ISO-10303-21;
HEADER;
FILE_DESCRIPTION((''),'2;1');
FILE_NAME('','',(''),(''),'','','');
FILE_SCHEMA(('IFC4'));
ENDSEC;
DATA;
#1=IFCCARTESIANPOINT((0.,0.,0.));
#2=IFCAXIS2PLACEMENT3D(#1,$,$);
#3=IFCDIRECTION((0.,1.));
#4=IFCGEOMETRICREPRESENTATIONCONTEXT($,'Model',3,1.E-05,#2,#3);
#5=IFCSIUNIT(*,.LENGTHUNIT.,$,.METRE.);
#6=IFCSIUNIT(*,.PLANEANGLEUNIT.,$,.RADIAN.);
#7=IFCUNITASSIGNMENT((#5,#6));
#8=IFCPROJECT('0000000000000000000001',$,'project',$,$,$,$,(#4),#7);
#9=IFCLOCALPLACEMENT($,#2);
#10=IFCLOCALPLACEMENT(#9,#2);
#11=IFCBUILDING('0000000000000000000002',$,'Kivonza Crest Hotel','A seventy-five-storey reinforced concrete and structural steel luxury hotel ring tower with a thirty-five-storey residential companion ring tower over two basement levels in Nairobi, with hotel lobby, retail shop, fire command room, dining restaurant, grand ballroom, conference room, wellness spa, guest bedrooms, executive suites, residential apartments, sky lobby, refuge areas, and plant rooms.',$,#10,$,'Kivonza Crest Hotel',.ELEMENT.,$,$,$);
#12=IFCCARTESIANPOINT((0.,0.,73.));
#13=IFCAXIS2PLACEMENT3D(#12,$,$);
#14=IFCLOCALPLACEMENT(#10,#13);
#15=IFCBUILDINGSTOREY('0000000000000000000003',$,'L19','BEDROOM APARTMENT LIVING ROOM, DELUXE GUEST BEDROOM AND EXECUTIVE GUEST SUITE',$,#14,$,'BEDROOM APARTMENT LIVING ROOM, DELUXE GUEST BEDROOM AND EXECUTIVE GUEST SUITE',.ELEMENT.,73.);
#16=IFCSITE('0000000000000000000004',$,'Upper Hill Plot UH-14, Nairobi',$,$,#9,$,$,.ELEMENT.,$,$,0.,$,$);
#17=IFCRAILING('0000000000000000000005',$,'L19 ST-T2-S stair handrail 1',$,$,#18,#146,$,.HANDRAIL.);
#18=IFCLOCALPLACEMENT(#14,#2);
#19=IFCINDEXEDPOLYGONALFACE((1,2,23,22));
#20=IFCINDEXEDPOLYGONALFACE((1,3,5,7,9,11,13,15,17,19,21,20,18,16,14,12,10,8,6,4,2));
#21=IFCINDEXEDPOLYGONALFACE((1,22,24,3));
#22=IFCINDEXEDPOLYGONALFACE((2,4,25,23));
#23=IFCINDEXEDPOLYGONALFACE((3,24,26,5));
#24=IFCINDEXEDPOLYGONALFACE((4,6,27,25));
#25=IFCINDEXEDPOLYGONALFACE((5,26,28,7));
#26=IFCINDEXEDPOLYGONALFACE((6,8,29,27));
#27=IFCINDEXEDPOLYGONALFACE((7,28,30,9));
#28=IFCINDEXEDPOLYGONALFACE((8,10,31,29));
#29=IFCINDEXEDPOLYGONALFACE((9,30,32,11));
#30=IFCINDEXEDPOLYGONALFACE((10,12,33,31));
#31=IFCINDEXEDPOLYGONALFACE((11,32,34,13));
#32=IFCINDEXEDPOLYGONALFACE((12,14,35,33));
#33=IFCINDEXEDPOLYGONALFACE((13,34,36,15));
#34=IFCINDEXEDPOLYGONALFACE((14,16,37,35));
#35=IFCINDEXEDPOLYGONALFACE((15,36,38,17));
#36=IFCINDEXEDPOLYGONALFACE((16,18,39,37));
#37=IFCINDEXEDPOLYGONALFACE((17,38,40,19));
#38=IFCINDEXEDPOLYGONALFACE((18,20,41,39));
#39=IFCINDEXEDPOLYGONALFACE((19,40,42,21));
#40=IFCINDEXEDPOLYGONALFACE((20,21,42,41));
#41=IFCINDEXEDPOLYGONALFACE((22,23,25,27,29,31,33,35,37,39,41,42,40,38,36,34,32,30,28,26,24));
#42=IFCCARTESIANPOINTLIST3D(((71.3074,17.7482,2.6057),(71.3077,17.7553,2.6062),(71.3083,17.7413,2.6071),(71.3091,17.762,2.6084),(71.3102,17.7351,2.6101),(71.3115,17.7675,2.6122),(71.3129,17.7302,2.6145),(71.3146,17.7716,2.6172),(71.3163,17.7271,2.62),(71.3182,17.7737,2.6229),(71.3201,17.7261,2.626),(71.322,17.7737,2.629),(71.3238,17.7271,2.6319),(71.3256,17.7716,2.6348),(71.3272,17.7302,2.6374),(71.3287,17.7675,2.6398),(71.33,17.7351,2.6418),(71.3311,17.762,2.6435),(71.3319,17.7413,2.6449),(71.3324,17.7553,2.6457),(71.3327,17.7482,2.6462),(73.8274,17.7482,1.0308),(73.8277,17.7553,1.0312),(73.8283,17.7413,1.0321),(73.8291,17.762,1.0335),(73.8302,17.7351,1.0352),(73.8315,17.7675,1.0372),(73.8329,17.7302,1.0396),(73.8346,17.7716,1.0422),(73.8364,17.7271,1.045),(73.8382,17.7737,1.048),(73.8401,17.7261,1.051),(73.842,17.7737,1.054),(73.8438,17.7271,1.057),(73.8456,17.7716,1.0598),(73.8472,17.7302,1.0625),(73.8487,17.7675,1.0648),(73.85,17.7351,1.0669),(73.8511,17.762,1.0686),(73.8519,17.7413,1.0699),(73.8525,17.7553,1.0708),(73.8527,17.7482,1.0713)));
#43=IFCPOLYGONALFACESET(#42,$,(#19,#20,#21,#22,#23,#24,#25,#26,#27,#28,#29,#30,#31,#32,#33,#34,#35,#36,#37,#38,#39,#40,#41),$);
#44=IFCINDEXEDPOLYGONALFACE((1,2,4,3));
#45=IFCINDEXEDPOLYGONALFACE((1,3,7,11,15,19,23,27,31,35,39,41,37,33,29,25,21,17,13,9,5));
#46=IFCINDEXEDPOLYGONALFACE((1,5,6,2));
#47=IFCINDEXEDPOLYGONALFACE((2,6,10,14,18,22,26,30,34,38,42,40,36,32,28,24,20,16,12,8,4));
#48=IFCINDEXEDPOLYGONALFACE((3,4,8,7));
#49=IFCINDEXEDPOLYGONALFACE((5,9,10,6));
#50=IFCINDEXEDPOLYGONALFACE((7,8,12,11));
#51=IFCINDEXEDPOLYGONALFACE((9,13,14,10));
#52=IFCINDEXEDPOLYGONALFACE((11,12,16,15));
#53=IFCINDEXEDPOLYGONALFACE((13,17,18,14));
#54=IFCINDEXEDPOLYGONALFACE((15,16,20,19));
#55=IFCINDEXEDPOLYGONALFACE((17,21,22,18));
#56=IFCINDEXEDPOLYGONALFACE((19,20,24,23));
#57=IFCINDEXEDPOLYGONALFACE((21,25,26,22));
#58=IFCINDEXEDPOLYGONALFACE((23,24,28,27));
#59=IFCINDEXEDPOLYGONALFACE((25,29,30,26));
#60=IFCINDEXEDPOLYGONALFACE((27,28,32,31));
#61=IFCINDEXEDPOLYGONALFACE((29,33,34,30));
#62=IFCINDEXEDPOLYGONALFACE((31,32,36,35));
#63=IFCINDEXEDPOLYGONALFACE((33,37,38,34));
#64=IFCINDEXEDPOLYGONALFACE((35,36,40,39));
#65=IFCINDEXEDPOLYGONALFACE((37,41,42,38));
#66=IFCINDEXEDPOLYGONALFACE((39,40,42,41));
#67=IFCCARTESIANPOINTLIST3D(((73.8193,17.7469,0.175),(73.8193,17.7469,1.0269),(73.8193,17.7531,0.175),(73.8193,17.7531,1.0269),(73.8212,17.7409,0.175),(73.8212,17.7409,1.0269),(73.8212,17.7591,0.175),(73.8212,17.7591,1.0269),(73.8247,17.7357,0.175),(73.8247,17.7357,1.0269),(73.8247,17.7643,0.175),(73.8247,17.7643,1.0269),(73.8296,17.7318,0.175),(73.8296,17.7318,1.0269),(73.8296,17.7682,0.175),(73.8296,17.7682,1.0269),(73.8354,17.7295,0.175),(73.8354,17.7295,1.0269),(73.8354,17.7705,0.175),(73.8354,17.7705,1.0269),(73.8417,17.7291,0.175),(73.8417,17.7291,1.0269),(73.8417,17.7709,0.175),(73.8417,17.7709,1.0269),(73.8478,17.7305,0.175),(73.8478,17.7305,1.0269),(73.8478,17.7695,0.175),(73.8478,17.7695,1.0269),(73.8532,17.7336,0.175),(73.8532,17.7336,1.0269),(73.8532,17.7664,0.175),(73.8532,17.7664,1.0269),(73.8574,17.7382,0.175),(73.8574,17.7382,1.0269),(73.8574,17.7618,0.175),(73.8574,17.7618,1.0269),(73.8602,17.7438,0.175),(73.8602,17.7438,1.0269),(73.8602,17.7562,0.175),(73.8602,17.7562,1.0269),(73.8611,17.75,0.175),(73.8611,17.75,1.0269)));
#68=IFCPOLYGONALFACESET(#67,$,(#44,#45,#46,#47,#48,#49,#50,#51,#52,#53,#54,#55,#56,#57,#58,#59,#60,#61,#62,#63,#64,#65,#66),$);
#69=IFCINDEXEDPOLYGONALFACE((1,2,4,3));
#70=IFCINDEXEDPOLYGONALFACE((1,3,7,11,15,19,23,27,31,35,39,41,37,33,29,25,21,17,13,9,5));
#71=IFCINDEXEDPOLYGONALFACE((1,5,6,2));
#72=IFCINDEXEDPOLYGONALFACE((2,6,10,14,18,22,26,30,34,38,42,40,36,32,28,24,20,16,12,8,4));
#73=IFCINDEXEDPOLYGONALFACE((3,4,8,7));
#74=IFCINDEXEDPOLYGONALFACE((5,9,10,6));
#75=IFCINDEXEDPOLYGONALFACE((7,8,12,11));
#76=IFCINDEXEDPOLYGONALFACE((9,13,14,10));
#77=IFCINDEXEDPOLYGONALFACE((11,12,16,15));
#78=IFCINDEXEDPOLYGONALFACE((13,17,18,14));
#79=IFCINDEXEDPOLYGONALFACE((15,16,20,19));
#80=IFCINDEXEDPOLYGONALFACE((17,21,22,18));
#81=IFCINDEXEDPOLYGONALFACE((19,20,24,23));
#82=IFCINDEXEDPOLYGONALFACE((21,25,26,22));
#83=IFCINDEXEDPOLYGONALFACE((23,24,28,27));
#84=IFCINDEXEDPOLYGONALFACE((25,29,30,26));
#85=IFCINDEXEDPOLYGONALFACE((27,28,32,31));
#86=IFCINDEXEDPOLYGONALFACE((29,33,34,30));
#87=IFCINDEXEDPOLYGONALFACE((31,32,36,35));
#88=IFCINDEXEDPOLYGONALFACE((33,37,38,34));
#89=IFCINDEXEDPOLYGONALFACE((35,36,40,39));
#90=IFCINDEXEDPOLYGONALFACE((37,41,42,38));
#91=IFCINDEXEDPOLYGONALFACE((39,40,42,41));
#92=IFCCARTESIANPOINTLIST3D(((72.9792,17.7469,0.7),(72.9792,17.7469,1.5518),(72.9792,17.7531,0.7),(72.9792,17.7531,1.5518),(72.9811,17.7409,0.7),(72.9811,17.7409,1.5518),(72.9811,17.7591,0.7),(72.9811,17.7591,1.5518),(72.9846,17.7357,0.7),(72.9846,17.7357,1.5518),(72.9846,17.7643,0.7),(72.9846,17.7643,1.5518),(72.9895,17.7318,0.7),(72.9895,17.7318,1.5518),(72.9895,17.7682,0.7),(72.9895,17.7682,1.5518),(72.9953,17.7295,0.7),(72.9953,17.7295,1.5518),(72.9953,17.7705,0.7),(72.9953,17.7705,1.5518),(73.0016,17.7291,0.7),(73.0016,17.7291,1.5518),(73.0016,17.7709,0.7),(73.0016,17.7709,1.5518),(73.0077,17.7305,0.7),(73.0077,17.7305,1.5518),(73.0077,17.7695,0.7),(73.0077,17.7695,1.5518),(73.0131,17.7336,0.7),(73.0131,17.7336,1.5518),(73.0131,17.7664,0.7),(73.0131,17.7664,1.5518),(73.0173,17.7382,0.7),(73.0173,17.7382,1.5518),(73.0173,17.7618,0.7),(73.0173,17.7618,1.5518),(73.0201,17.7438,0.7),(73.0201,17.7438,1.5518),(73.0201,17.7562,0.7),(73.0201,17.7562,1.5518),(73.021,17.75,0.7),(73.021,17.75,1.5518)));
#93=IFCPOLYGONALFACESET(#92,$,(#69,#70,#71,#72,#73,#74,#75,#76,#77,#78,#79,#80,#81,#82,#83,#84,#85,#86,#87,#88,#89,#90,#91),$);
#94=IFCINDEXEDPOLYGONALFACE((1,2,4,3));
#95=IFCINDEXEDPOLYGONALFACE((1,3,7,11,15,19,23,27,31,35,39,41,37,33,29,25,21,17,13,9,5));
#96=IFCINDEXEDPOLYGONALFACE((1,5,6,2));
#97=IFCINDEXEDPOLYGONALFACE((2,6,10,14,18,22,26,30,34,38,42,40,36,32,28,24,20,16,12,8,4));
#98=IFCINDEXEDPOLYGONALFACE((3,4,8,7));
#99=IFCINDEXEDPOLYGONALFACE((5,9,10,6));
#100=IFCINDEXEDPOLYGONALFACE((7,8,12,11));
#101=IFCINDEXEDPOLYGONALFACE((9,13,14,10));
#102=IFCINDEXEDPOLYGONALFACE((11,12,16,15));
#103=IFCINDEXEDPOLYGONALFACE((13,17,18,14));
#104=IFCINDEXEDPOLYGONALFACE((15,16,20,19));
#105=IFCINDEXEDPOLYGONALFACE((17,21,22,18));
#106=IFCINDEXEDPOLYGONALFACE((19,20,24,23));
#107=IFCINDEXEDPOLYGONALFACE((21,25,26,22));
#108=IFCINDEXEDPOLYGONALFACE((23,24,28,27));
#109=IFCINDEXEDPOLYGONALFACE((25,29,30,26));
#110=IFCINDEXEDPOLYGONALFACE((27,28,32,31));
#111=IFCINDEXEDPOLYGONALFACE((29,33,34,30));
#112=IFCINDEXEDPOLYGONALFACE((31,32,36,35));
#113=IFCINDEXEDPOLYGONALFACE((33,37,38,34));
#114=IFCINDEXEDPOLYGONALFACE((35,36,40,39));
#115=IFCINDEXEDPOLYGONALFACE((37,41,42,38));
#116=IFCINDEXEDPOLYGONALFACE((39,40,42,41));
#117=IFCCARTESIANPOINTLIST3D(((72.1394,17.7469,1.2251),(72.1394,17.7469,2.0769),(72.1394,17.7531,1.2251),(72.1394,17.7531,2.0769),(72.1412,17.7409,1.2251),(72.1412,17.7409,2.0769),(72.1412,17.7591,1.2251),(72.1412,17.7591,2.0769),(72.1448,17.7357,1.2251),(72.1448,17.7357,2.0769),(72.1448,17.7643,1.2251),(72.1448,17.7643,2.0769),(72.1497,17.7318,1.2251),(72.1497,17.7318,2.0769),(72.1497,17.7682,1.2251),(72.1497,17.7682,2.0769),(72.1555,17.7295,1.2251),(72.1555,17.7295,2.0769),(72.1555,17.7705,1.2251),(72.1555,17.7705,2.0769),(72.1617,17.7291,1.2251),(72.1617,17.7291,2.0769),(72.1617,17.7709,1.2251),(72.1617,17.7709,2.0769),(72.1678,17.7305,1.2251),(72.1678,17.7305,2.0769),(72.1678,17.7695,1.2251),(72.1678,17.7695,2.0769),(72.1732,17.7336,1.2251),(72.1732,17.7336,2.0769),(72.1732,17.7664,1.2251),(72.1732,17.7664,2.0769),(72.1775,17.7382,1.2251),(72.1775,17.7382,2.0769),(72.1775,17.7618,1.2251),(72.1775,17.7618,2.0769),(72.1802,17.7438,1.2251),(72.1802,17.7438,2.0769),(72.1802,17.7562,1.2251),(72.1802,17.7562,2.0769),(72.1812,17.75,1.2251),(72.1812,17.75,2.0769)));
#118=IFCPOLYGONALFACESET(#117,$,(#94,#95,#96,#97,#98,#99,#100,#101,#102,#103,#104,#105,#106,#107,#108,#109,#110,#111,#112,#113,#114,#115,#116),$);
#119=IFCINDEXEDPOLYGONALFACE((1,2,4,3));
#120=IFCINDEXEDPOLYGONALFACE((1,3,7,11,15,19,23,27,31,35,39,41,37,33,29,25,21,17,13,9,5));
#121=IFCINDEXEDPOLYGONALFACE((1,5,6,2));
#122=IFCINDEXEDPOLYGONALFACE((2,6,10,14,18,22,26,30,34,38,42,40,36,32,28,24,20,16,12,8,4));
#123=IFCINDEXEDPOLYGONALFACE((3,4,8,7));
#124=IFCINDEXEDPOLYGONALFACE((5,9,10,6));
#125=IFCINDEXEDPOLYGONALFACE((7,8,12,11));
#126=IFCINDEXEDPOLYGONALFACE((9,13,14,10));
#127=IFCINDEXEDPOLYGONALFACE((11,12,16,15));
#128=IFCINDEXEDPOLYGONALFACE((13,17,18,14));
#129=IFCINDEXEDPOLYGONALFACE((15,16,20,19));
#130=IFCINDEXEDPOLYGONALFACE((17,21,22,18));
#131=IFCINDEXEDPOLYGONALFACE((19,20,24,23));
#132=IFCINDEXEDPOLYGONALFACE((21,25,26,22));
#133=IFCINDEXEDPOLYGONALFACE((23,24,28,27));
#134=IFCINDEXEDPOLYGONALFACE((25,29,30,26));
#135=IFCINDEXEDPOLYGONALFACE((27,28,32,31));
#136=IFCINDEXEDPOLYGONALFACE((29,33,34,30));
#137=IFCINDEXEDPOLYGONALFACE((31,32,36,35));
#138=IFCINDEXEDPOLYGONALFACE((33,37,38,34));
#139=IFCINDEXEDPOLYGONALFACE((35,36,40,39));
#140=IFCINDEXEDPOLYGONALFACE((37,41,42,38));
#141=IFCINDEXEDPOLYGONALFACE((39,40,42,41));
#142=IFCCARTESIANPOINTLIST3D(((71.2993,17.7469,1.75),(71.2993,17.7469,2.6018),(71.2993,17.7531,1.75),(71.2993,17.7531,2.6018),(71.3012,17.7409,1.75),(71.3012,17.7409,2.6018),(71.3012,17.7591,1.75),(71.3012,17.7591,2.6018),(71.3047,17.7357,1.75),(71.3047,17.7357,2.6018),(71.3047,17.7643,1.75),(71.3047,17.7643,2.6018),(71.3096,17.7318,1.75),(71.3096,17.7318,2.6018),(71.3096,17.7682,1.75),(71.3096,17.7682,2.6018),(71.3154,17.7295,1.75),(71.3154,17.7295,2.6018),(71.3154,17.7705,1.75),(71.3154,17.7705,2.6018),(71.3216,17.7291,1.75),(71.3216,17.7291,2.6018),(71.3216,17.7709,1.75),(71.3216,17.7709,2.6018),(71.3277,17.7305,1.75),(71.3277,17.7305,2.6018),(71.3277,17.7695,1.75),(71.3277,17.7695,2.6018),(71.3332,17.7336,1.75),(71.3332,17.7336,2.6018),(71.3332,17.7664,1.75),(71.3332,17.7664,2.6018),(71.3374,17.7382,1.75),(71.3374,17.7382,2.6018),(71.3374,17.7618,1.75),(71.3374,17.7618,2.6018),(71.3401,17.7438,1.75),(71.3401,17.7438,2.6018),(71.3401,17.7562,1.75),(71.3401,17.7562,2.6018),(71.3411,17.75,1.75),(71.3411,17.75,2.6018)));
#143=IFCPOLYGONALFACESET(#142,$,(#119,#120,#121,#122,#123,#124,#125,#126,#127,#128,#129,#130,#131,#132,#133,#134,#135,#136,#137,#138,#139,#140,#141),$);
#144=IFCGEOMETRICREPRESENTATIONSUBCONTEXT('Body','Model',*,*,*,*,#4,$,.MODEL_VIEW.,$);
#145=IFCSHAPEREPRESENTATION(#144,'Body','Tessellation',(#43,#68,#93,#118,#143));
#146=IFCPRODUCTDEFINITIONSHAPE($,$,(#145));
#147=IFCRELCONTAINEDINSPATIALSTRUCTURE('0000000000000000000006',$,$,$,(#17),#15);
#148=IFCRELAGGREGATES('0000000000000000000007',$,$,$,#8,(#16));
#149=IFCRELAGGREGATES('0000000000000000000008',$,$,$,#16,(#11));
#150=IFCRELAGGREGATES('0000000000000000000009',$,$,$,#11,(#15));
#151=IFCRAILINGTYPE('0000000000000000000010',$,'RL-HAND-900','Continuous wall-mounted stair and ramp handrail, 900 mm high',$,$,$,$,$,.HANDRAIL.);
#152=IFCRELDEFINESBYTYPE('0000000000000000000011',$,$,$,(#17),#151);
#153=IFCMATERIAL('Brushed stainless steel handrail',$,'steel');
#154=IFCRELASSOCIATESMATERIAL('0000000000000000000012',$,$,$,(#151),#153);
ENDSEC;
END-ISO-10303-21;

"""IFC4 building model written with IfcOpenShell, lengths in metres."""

from ifc_helpers import new_model, si_unit, direction, frame, origin, origin_2d, place, context, subcontext, project, spatial, circle, extrude, material, type_object, element, save


model = new_model("IFC4")

# Units and contexts
model_context = context("Model", 3, precision=1e-05, world=origin(), true_north=direction((0.0, 1.0)))
body_context = subcontext(model_context, "Body", "Model", "MODEL_VIEW")
ifc_project = project(units=[si_unit("LENGTHUNIT", "METRE"), si_unit("PLANEANGLEUNIT", "RADIAN")], contexts=[model_context])

# Site, building, storey
site_placement = place(None, origin())
site = spatial("IfcSite", under=ifc_project, at=site_placement, Name="Upper Hill Plot UH-14, Nairobi", CompositionType="ELEMENT", RefElevation=0.0)
building_placement = place(site_placement, origin())
building = spatial("IfcBuilding", under=site, at=building_placement, Name="Kivonza Crest Hotel", Description="A seventy-five-storey reinforced concrete and structural steel luxury hotel ring tower with a thirty-five-storey residential companion ring tower over two basement levels in Nairobi, with hotel lobby, retail shop, fire command room, dining restaurant, grand ballroom, conference room, wellness spa, guest bedrooms, executive suites, residential apartments, sky lobby, refuge areas, and plant rooms.", LongName="Kivonza Crest Hotel", CompositionType="ELEMENT")
storey_placement = place(building_placement, frame((0.0, 0.0, 73.0)))
storey = spatial("IfcBuildingStorey", under=building, at=storey_placement, Name="L19", Description="BEDROOM APARTMENT LIVING ROOM, DELUXE GUEST BEDROOM AND EXECUTIVE GUEST SUITE", LongName="BEDROOM APARTMENT LIVING ROOM, DELUXE GUEST BEDROOM AND EXECUTIVE GUEST SUITE", CompositionType="ELEMENT", Elevation=73.0)

# Railing
ifc_material_1 = material(Name="Brushed stainless steel handrail", Category="steel")
railing_type_1 = type_object("IfcRailingType", Name="RL-HAND-900", Description="Continuous wall-mounted stair and ramp handrail, 900 mm high", PredefinedType="HANDRAIL", material=ifc_material_1)
railing_1_placement = place(storey_placement, frame((73.8401, 17.75, 0.175)))
element("IfcRailing", 1, at=railing_1_placement, inside=storey, type_object=railing_type_1, Name="L19 ST-T2-S stair handrail 1", PredefinedType="HANDRAIL", context=body_context, shape_type="SweptSolid", body=[
    extrude(circle(Radius=0.0239, at=origin_2d()), frame((0.0, 0.0, 0.876), z_axis=(-0.848008, 0.0, 0.529984), x_axis=(0.0, -1.0, 0.0)), (0.0, 0.0, 1.0), 2.9717),
    extrude(circle(Radius=0.021, at=origin_2d()), origin(), (0.0, 0.0, 1.0), 0.8518),
    extrude(circle(Radius=0.021, at=origin_2d()), frame((-0.8401, 0.0, 0.5249)), (0.0, 0.0, 1.0), 0.8518),
    extrude(circle(Radius=0.021, at=origin_2d()), frame((-1.6799, 0.0, 1.05)), (0.0, 0.0, 1.0), 0.8518),
    extrude(circle(Radius=0.021, at=origin_2d()), frame((-2.52, 0.0, 1.575)), (0.0, 0.0, 1.0), 0.8518),
])

save(model, "model.ifc")
